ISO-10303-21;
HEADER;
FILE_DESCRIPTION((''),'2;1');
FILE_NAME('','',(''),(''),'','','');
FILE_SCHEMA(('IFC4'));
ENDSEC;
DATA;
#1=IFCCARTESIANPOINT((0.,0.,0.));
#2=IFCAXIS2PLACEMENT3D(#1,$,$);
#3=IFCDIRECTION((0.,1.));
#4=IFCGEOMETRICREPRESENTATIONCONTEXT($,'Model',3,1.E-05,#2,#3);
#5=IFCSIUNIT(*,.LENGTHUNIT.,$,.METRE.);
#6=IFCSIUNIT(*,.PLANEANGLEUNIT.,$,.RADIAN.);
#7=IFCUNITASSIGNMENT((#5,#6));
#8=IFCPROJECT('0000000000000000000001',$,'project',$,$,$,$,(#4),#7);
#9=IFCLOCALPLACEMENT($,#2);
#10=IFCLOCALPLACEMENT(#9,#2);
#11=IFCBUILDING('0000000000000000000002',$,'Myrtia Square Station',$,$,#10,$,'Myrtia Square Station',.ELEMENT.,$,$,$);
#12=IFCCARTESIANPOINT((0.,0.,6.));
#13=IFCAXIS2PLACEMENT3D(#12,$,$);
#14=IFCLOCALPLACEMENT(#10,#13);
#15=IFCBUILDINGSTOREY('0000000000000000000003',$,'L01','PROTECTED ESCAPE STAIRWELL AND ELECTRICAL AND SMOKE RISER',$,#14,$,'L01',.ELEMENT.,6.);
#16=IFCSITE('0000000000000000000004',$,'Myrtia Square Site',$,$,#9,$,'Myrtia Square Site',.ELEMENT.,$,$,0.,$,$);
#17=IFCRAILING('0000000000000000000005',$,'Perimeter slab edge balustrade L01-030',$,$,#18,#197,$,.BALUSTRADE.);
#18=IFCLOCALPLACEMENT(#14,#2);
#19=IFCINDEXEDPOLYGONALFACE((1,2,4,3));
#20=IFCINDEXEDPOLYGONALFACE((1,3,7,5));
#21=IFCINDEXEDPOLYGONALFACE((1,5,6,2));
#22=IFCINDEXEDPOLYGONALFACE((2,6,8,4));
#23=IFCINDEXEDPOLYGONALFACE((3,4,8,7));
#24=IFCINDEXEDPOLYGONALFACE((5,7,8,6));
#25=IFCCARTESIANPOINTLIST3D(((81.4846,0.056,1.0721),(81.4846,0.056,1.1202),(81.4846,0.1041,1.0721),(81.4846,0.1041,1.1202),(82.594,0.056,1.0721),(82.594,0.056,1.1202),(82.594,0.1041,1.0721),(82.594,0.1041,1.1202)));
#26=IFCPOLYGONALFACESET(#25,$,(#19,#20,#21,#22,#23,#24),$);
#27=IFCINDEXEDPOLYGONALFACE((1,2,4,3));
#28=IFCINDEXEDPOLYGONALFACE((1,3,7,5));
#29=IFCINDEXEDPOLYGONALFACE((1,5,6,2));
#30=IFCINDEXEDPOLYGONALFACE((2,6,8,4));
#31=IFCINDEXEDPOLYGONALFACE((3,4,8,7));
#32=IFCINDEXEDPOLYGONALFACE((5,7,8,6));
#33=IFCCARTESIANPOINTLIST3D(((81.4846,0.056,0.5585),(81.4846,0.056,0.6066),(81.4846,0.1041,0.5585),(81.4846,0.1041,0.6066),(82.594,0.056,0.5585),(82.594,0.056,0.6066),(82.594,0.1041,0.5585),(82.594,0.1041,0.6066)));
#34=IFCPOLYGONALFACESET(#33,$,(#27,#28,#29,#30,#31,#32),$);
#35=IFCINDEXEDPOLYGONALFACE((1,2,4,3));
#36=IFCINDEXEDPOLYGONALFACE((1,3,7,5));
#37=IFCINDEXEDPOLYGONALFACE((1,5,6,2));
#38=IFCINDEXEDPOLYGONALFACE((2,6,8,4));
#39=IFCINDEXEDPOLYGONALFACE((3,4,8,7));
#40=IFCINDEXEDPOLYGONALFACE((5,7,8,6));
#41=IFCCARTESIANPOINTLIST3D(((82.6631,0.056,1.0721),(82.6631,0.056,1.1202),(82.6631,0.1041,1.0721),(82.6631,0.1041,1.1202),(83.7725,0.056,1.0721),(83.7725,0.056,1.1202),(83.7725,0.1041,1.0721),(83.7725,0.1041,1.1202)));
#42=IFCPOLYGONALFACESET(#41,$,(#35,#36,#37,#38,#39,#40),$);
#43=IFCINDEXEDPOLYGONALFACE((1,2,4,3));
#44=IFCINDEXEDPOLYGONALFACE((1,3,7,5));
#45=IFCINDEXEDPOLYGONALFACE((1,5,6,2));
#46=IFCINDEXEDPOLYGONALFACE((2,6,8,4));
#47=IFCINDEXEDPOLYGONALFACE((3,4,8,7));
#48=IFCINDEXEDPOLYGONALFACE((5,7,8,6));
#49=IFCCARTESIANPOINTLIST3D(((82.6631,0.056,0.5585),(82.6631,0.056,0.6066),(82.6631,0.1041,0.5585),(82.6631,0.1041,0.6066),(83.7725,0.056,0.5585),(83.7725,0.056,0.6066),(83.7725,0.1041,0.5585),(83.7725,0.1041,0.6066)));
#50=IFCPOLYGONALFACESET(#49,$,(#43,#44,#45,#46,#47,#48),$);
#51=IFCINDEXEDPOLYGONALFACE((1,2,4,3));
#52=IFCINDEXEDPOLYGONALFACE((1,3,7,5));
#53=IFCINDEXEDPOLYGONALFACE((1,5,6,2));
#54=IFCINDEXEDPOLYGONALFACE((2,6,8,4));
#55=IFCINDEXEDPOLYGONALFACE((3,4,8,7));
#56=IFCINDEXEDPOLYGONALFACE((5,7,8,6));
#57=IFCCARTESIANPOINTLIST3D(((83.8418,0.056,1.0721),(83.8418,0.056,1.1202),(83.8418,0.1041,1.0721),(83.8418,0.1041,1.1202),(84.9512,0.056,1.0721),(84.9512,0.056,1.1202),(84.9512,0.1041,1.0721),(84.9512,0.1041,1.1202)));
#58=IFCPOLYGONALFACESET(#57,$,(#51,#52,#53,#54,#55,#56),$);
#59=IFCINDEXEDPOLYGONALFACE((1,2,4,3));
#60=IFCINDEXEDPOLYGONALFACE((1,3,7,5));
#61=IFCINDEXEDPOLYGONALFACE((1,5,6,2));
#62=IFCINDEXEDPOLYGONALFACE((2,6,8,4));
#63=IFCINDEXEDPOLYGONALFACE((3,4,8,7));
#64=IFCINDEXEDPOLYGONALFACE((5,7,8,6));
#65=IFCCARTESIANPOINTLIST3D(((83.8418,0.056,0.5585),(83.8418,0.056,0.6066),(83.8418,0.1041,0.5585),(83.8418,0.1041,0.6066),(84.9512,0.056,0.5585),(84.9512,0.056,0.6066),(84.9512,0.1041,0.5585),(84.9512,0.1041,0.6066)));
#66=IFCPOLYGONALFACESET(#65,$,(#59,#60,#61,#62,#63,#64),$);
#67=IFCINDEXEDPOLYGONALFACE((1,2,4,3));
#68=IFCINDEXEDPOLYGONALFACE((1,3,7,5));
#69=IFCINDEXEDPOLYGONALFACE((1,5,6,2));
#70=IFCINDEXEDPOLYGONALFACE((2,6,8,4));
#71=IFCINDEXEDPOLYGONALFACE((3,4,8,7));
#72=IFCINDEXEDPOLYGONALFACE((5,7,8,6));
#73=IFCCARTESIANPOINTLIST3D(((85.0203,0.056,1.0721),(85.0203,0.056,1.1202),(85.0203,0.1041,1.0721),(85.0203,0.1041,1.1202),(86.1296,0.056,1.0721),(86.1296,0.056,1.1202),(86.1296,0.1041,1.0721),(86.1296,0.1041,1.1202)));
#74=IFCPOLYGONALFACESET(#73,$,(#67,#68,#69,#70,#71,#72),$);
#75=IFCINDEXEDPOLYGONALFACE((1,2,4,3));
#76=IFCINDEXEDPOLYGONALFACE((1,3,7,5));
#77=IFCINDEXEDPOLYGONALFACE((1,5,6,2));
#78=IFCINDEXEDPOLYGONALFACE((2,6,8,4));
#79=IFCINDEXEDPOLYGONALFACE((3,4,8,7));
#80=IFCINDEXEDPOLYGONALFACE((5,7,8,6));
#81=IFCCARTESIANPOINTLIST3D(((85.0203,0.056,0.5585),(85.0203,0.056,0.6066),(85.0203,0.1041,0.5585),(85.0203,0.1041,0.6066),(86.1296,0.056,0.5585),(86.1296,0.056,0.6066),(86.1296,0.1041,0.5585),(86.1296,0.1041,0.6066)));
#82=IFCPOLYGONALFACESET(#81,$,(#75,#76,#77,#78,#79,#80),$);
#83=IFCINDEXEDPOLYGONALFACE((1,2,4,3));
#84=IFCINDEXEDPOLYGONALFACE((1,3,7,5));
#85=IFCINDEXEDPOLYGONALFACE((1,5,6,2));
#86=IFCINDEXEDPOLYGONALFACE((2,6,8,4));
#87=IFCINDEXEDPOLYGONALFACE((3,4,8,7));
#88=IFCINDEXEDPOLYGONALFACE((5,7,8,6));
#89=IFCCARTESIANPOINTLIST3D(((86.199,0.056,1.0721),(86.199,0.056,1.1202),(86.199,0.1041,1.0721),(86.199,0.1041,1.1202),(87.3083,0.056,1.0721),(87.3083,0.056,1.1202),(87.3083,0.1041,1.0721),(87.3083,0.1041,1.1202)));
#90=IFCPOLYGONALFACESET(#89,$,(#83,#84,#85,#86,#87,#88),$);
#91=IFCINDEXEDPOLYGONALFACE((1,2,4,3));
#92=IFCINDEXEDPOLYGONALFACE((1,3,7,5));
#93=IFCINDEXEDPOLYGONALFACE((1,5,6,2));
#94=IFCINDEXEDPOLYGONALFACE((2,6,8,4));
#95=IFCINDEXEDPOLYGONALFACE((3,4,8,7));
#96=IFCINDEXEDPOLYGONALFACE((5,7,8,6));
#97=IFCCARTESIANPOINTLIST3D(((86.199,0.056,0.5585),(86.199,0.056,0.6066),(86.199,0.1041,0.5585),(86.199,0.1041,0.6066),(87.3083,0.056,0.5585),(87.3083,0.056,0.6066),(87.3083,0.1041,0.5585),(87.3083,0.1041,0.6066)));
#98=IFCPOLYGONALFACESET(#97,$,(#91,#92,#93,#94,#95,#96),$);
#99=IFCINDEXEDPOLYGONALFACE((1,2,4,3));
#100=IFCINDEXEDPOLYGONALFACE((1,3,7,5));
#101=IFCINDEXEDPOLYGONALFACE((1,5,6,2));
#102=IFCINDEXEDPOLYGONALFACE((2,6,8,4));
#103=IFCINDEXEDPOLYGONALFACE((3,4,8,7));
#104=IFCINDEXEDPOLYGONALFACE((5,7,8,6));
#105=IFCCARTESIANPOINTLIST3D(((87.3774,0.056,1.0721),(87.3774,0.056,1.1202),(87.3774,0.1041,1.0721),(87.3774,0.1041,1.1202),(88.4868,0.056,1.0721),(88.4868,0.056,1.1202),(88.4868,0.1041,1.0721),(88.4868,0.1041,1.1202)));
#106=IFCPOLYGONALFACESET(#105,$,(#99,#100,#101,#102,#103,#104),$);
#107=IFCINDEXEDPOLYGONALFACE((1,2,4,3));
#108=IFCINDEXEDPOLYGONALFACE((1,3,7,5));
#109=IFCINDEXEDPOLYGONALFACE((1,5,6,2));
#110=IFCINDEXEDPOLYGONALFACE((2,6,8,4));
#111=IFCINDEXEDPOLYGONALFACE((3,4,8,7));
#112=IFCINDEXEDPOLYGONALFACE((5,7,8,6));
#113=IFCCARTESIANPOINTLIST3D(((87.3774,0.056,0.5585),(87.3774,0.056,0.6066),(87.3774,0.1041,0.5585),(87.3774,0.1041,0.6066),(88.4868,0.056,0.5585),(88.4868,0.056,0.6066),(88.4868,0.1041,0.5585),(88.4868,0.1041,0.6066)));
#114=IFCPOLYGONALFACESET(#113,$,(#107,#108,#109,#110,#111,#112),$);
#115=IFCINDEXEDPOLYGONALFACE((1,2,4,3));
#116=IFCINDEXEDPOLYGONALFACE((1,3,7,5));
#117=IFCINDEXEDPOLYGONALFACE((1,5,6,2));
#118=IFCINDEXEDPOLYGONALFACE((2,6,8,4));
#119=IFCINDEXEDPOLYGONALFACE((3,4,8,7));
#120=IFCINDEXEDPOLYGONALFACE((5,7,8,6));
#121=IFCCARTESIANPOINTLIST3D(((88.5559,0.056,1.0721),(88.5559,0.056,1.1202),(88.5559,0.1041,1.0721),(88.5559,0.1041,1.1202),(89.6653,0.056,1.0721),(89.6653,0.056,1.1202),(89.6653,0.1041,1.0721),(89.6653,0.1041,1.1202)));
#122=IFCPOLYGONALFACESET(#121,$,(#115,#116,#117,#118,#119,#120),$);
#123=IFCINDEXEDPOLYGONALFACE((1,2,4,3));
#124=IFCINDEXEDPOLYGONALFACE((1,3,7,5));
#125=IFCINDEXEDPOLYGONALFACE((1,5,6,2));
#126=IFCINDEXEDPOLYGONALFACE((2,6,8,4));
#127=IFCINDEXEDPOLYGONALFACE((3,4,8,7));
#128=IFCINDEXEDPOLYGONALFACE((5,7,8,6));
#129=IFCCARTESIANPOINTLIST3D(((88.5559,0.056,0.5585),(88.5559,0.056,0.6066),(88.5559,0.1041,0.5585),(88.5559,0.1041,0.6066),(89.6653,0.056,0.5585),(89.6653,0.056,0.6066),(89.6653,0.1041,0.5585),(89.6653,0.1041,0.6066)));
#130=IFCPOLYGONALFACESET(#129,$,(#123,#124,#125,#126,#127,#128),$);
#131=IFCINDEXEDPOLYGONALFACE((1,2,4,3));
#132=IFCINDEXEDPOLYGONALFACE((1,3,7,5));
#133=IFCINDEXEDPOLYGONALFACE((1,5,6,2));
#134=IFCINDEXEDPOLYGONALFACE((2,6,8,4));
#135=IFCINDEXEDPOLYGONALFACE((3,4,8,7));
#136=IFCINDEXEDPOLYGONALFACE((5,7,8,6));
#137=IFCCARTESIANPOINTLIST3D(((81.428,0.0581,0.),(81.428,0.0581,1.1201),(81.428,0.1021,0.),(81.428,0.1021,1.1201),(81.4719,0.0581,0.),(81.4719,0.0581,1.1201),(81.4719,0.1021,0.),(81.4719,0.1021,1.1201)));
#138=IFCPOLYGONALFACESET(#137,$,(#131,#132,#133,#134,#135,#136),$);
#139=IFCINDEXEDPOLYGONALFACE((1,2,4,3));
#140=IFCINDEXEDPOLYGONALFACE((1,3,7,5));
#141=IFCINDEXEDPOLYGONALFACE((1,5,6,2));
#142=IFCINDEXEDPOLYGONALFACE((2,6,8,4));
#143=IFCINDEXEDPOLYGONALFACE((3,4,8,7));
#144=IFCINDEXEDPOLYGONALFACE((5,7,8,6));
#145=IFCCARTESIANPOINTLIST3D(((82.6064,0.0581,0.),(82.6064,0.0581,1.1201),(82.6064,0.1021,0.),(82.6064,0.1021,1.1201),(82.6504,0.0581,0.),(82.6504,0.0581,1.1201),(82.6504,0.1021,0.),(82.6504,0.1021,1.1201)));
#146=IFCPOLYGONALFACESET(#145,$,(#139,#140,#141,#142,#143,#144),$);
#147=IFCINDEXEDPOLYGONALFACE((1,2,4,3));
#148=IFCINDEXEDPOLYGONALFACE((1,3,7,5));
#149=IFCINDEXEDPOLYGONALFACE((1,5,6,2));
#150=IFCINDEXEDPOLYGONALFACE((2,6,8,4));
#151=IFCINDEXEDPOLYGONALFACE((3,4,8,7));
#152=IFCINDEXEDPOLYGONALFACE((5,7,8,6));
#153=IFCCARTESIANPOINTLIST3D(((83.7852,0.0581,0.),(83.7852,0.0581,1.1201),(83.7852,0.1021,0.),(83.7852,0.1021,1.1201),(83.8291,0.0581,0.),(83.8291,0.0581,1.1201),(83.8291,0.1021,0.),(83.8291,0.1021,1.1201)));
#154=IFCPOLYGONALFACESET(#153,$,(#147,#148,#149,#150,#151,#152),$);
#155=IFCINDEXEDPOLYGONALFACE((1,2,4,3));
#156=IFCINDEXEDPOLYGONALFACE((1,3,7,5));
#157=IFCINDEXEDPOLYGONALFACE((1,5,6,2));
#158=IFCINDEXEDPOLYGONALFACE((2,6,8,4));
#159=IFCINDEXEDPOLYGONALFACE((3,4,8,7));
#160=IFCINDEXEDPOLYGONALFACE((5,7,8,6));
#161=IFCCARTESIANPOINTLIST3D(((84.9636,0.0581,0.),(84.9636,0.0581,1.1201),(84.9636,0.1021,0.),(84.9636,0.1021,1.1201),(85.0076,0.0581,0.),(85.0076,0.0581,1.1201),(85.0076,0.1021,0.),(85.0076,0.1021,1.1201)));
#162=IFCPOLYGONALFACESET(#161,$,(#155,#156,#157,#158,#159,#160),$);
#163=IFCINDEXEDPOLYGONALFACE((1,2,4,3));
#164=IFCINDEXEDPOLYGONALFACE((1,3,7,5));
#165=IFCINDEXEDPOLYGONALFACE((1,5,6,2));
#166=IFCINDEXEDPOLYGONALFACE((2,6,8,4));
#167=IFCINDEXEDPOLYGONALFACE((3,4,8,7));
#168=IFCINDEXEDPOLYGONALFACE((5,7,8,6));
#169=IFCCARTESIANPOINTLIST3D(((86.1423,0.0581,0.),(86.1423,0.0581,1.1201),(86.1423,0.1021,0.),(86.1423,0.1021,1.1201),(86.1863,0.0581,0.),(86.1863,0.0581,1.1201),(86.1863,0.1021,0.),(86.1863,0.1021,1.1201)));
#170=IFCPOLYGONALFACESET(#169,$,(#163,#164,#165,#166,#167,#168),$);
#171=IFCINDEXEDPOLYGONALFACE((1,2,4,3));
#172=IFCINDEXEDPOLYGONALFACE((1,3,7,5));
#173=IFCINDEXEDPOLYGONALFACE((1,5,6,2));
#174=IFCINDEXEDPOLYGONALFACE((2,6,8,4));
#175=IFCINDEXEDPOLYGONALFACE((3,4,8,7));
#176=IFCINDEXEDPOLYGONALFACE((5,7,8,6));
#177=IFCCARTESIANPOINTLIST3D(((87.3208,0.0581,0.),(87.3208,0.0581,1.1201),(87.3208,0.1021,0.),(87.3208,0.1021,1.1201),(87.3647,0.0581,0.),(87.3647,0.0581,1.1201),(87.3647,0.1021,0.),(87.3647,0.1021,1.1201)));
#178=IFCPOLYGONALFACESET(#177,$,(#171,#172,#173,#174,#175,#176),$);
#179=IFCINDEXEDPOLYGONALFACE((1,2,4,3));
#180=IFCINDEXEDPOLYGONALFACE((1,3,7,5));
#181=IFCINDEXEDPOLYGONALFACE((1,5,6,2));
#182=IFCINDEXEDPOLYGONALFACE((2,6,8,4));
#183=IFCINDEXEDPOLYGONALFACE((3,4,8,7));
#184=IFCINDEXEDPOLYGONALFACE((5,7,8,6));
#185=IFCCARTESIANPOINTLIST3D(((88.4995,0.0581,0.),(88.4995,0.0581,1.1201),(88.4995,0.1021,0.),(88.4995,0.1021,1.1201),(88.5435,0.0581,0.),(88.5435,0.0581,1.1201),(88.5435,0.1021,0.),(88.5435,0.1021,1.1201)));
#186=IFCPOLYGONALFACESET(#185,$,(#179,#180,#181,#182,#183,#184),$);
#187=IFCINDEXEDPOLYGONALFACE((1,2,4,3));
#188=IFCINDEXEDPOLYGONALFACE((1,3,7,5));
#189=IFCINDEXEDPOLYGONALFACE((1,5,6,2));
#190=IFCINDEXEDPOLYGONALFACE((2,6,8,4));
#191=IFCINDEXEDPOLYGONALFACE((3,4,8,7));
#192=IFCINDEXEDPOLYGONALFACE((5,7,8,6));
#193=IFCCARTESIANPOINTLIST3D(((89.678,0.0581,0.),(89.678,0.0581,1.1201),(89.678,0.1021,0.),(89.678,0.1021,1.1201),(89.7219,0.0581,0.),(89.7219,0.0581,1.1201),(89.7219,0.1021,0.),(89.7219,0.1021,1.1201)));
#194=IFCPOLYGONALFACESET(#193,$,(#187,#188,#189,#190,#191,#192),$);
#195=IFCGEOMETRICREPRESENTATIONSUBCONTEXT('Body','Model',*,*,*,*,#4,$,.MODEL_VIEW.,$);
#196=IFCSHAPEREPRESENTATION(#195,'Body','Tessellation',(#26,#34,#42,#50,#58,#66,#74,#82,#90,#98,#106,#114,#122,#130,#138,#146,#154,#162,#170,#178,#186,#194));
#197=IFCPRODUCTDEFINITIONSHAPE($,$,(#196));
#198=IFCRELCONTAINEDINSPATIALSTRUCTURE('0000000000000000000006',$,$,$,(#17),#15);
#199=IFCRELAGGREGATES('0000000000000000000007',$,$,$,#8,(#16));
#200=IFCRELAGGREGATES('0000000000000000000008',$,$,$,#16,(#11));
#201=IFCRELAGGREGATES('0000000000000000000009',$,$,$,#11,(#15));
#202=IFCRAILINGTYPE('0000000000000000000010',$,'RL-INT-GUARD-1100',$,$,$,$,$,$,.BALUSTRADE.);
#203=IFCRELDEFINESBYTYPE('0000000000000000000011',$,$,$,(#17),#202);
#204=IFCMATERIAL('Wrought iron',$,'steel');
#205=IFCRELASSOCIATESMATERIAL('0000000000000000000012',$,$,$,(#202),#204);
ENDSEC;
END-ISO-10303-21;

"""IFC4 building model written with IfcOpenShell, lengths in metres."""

from ifc_helpers import new_model, si_unit, direction, frame, origin, origin_2d, place, context, subcontext, project, spatial, rectangle, extrude, material, type_object, element, save


model = new_model("IFC4")

# Units and contexts
model_context = context("Model", 3, precision=1e-05, world=origin(), true_north=direction((0.0, 1.0)))
body_context = subcontext(model_context, "Body", "Model", "MODEL_VIEW")
ifc_project = project(units=[si_unit("LENGTHUNIT", "METRE"), si_unit("PLANEANGLEUNIT", "RADIAN")], contexts=[model_context])

# Site, building, storey
site_placement = place(None, origin())
site = spatial("IfcSite", under=ifc_project, at=site_placement, Name="Myrtia Square Site", LongName="Myrtia Square Site", CompositionType="ELEMENT", RefElevation=0.0)
building_placement = place(site_placement, origin())
building = spatial("IfcBuilding", under=site, at=building_placement, Name="Myrtia Square Station", LongName="Myrtia Square Station", CompositionType="ELEMENT")
storey_placement = place(building_placement, frame((0.0, 0.0, 6.0)))
storey = spatial("IfcBuildingStorey", under=building, at=storey_placement, Name="L01", Description="PROTECTED ESCAPE STAIRWELL AND ELECTRICAL AND SMOKE RISER", LongName="L01", CompositionType="ELEMENT", Elevation=6.0)

# Railing
ifc_material_1 = material(Name="Wrought iron", Category="steel")
railing_type = type_object("IfcRailingType", Name="RL-INT-GUARD-1100", PredefinedType="BALUSTRADE", material=ifc_material_1)
railing_1_placement = place(storey_placement, frame((81.45, 0.0801, 0.0)))
element("IfcRailing", 1, at=railing_1_placement, inside=storey, type_object=railing_type, Name="Perimeter slab edge balustrade L01-030", PredefinedType="BALUSTRADE", context=body_context, shape_type="SweptSolid", body=[
    extrude(rectangle(XDim=0.0481, YDim=0.0481, at=origin_2d()), frame((0.0347, 0.0, 1.0962), z_axis=(1.0, 0.0, 0.0), x_axis=(0.0, 1.0, 0.0)), (0.0, 0.0, 1.0), 1.1094),
    extrude(rectangle(XDim=0.0481, YDim=0.0481, at=origin_2d()), frame((0.0347, 0.0, 0.5825), z_axis=(1.0, 0.0, 0.0), x_axis=(0.0, 1.0, 0.0)), (0.0, 0.0, 1.0), 1.1094),
    extrude(rectangle(XDim=0.0481, YDim=0.0481, at=origin_2d()), frame((1.2131, 0.0, 1.0962), z_axis=(1.0, 0.0, 0.0), x_axis=(0.0, 1.0, 0.0)), (0.0, 0.0, 1.0), 1.1094),
    extrude(rectangle(XDim=0.0481, YDim=0.0481, at=origin_2d()), frame((1.2131, 0.0, 0.5825), z_axis=(1.0, 0.0, 0.0), x_axis=(0.0, 1.0, 0.0)), (0.0, 0.0, 1.0), 1.1094),
    extrude(rectangle(XDim=0.0481, YDim=0.0481, at=origin_2d()), frame((2.3918, 0.0, 1.0962), z_axis=(1.0, 0.0, 0.0), x_axis=(0.0, 1.0, 0.0)), (0.0, 0.0, 1.0), 1.1094),
    extrude(rectangle(XDim=0.0481, YDim=0.0481, at=origin_2d()), frame((2.3918, 0.0, 0.5825), z_axis=(1.0, 0.0, 0.0), x_axis=(0.0, 1.0, 0.0)), (0.0, 0.0, 1.0), 1.1094),
    extrude(rectangle(XDim=0.0481, YDim=0.0481, at=origin_2d()), frame((3.5703, 0.0, 1.0962), z_axis=(1.0, 0.0, 0.0), x_axis=(0.0, 1.0, 0.0)), (0.0, 0.0, 1.0), 1.1094),
    extrude(rectangle(XDim=0.0481, YDim=0.0481, at=origin_2d()), frame((3.5703, 0.0, 0.5825), z_axis=(1.0, 0.0, 0.0), x_axis=(0.0, 1.0, 0.0)), (0.0, 0.0, 1.0), 1.1094),
    extrude(rectangle(XDim=0.0481, YDim=0.0481, at=origin_2d()), frame((4.749, 0.0, 1.0962), z_axis=(1.0, 0.0, 0.0), x_axis=(0.0, 1.0, 0.0)), (0.0, 0.0, 1.0), 1.1094),
    extrude(rectangle(XDim=0.0481, YDim=0.0481, at=origin_2d()), frame((4.749, 0.0, 0.5825), z_axis=(1.0, 0.0, 0.0), x_axis=(0.0, 1.0, 0.0)), (0.0, 0.0, 1.0), 1.1094),
    extrude(rectangle(XDim=0.0481, YDim=0.0481, at=origin_2d()), frame((5.9275, 0.0, 1.0962), z_axis=(1.0, 0.0, 0.0), x_axis=(0.0, 1.0, 0.0)), (0.0, 0.0, 1.0), 1.1094),
    extrude(rectangle(XDim=0.0481, YDim=0.0481, at=origin_2d()), frame((5.9275, 0.0, 0.5825), z_axis=(1.0, 0.0, 0.0), x_axis=(0.0, 1.0, 0.0)), (0.0, 0.0, 1.0), 1.1094),
    extrude(rectangle(XDim=0.0481, YDim=0.0481, at=origin_2d()), frame((7.106, 0.0, 1.0962), z_axis=(1.0, 0.0, 0.0), x_axis=(0.0, 1.0, 0.0)), (0.0, 0.0, 1.0), 1.1094),
    extrude(rectangle(XDim=0.0481, YDim=0.0481, at=origin_2d()), frame((7.106, 0.0, 0.5825), z_axis=(1.0, 0.0, 0.0), x_axis=(0.0, 1.0, 0.0)), (0.0, 0.0, 1.0), 1.1094),
    extrude(rectangle(XDim=0.0439, YDim=0.0439, at=origin_2d()), origin(), (0.0, 0.0, 1.0), 1.1201),
    extrude(rectangle(XDim=0.0439, YDim=0.0439, at=origin_2d()), frame((1.1785, 0.0, 0.0)), (0.0, 0.0, 1.0), 1.1201),
    extrude(rectangle(XDim=0.0439, YDim=0.0439, at=origin_2d()), frame((2.3572, 0.0, 0.0)), (0.0, 0.0, 1.0), 1.1201),
    extrude(rectangle(XDim=0.0439, YDim=0.0439, at=origin_2d()), frame((3.5356, 0.0, 0.0)), (0.0, 0.0, 1.0), 1.1201),
    extrude(rectangle(XDim=0.0439, YDim=0.0439, at=origin_2d()), frame((4.7144, 0.0, 0.0)), (0.0, 0.0, 1.0), 1.1201),
    extrude(rectangle(XDim=0.0439, YDim=0.0439, at=origin_2d()), frame((5.8928, 0.0, 0.0)), (0.0, 0.0, 1.0), 1.1201),
    extrude(rectangle(XDim=0.0439, YDim=0.0439, at=origin_2d()), frame((7.0715, 0.0, 0.0)), (0.0, 0.0, 1.0), 1.1201),
    extrude(rectangle(XDim=0.0439, YDim=0.0439, at=origin_2d()), frame((8.25, 0.0, 0.0)), (0.0, 0.0, 1.0), 1.1201),
])

save(model, "model.ifc")
